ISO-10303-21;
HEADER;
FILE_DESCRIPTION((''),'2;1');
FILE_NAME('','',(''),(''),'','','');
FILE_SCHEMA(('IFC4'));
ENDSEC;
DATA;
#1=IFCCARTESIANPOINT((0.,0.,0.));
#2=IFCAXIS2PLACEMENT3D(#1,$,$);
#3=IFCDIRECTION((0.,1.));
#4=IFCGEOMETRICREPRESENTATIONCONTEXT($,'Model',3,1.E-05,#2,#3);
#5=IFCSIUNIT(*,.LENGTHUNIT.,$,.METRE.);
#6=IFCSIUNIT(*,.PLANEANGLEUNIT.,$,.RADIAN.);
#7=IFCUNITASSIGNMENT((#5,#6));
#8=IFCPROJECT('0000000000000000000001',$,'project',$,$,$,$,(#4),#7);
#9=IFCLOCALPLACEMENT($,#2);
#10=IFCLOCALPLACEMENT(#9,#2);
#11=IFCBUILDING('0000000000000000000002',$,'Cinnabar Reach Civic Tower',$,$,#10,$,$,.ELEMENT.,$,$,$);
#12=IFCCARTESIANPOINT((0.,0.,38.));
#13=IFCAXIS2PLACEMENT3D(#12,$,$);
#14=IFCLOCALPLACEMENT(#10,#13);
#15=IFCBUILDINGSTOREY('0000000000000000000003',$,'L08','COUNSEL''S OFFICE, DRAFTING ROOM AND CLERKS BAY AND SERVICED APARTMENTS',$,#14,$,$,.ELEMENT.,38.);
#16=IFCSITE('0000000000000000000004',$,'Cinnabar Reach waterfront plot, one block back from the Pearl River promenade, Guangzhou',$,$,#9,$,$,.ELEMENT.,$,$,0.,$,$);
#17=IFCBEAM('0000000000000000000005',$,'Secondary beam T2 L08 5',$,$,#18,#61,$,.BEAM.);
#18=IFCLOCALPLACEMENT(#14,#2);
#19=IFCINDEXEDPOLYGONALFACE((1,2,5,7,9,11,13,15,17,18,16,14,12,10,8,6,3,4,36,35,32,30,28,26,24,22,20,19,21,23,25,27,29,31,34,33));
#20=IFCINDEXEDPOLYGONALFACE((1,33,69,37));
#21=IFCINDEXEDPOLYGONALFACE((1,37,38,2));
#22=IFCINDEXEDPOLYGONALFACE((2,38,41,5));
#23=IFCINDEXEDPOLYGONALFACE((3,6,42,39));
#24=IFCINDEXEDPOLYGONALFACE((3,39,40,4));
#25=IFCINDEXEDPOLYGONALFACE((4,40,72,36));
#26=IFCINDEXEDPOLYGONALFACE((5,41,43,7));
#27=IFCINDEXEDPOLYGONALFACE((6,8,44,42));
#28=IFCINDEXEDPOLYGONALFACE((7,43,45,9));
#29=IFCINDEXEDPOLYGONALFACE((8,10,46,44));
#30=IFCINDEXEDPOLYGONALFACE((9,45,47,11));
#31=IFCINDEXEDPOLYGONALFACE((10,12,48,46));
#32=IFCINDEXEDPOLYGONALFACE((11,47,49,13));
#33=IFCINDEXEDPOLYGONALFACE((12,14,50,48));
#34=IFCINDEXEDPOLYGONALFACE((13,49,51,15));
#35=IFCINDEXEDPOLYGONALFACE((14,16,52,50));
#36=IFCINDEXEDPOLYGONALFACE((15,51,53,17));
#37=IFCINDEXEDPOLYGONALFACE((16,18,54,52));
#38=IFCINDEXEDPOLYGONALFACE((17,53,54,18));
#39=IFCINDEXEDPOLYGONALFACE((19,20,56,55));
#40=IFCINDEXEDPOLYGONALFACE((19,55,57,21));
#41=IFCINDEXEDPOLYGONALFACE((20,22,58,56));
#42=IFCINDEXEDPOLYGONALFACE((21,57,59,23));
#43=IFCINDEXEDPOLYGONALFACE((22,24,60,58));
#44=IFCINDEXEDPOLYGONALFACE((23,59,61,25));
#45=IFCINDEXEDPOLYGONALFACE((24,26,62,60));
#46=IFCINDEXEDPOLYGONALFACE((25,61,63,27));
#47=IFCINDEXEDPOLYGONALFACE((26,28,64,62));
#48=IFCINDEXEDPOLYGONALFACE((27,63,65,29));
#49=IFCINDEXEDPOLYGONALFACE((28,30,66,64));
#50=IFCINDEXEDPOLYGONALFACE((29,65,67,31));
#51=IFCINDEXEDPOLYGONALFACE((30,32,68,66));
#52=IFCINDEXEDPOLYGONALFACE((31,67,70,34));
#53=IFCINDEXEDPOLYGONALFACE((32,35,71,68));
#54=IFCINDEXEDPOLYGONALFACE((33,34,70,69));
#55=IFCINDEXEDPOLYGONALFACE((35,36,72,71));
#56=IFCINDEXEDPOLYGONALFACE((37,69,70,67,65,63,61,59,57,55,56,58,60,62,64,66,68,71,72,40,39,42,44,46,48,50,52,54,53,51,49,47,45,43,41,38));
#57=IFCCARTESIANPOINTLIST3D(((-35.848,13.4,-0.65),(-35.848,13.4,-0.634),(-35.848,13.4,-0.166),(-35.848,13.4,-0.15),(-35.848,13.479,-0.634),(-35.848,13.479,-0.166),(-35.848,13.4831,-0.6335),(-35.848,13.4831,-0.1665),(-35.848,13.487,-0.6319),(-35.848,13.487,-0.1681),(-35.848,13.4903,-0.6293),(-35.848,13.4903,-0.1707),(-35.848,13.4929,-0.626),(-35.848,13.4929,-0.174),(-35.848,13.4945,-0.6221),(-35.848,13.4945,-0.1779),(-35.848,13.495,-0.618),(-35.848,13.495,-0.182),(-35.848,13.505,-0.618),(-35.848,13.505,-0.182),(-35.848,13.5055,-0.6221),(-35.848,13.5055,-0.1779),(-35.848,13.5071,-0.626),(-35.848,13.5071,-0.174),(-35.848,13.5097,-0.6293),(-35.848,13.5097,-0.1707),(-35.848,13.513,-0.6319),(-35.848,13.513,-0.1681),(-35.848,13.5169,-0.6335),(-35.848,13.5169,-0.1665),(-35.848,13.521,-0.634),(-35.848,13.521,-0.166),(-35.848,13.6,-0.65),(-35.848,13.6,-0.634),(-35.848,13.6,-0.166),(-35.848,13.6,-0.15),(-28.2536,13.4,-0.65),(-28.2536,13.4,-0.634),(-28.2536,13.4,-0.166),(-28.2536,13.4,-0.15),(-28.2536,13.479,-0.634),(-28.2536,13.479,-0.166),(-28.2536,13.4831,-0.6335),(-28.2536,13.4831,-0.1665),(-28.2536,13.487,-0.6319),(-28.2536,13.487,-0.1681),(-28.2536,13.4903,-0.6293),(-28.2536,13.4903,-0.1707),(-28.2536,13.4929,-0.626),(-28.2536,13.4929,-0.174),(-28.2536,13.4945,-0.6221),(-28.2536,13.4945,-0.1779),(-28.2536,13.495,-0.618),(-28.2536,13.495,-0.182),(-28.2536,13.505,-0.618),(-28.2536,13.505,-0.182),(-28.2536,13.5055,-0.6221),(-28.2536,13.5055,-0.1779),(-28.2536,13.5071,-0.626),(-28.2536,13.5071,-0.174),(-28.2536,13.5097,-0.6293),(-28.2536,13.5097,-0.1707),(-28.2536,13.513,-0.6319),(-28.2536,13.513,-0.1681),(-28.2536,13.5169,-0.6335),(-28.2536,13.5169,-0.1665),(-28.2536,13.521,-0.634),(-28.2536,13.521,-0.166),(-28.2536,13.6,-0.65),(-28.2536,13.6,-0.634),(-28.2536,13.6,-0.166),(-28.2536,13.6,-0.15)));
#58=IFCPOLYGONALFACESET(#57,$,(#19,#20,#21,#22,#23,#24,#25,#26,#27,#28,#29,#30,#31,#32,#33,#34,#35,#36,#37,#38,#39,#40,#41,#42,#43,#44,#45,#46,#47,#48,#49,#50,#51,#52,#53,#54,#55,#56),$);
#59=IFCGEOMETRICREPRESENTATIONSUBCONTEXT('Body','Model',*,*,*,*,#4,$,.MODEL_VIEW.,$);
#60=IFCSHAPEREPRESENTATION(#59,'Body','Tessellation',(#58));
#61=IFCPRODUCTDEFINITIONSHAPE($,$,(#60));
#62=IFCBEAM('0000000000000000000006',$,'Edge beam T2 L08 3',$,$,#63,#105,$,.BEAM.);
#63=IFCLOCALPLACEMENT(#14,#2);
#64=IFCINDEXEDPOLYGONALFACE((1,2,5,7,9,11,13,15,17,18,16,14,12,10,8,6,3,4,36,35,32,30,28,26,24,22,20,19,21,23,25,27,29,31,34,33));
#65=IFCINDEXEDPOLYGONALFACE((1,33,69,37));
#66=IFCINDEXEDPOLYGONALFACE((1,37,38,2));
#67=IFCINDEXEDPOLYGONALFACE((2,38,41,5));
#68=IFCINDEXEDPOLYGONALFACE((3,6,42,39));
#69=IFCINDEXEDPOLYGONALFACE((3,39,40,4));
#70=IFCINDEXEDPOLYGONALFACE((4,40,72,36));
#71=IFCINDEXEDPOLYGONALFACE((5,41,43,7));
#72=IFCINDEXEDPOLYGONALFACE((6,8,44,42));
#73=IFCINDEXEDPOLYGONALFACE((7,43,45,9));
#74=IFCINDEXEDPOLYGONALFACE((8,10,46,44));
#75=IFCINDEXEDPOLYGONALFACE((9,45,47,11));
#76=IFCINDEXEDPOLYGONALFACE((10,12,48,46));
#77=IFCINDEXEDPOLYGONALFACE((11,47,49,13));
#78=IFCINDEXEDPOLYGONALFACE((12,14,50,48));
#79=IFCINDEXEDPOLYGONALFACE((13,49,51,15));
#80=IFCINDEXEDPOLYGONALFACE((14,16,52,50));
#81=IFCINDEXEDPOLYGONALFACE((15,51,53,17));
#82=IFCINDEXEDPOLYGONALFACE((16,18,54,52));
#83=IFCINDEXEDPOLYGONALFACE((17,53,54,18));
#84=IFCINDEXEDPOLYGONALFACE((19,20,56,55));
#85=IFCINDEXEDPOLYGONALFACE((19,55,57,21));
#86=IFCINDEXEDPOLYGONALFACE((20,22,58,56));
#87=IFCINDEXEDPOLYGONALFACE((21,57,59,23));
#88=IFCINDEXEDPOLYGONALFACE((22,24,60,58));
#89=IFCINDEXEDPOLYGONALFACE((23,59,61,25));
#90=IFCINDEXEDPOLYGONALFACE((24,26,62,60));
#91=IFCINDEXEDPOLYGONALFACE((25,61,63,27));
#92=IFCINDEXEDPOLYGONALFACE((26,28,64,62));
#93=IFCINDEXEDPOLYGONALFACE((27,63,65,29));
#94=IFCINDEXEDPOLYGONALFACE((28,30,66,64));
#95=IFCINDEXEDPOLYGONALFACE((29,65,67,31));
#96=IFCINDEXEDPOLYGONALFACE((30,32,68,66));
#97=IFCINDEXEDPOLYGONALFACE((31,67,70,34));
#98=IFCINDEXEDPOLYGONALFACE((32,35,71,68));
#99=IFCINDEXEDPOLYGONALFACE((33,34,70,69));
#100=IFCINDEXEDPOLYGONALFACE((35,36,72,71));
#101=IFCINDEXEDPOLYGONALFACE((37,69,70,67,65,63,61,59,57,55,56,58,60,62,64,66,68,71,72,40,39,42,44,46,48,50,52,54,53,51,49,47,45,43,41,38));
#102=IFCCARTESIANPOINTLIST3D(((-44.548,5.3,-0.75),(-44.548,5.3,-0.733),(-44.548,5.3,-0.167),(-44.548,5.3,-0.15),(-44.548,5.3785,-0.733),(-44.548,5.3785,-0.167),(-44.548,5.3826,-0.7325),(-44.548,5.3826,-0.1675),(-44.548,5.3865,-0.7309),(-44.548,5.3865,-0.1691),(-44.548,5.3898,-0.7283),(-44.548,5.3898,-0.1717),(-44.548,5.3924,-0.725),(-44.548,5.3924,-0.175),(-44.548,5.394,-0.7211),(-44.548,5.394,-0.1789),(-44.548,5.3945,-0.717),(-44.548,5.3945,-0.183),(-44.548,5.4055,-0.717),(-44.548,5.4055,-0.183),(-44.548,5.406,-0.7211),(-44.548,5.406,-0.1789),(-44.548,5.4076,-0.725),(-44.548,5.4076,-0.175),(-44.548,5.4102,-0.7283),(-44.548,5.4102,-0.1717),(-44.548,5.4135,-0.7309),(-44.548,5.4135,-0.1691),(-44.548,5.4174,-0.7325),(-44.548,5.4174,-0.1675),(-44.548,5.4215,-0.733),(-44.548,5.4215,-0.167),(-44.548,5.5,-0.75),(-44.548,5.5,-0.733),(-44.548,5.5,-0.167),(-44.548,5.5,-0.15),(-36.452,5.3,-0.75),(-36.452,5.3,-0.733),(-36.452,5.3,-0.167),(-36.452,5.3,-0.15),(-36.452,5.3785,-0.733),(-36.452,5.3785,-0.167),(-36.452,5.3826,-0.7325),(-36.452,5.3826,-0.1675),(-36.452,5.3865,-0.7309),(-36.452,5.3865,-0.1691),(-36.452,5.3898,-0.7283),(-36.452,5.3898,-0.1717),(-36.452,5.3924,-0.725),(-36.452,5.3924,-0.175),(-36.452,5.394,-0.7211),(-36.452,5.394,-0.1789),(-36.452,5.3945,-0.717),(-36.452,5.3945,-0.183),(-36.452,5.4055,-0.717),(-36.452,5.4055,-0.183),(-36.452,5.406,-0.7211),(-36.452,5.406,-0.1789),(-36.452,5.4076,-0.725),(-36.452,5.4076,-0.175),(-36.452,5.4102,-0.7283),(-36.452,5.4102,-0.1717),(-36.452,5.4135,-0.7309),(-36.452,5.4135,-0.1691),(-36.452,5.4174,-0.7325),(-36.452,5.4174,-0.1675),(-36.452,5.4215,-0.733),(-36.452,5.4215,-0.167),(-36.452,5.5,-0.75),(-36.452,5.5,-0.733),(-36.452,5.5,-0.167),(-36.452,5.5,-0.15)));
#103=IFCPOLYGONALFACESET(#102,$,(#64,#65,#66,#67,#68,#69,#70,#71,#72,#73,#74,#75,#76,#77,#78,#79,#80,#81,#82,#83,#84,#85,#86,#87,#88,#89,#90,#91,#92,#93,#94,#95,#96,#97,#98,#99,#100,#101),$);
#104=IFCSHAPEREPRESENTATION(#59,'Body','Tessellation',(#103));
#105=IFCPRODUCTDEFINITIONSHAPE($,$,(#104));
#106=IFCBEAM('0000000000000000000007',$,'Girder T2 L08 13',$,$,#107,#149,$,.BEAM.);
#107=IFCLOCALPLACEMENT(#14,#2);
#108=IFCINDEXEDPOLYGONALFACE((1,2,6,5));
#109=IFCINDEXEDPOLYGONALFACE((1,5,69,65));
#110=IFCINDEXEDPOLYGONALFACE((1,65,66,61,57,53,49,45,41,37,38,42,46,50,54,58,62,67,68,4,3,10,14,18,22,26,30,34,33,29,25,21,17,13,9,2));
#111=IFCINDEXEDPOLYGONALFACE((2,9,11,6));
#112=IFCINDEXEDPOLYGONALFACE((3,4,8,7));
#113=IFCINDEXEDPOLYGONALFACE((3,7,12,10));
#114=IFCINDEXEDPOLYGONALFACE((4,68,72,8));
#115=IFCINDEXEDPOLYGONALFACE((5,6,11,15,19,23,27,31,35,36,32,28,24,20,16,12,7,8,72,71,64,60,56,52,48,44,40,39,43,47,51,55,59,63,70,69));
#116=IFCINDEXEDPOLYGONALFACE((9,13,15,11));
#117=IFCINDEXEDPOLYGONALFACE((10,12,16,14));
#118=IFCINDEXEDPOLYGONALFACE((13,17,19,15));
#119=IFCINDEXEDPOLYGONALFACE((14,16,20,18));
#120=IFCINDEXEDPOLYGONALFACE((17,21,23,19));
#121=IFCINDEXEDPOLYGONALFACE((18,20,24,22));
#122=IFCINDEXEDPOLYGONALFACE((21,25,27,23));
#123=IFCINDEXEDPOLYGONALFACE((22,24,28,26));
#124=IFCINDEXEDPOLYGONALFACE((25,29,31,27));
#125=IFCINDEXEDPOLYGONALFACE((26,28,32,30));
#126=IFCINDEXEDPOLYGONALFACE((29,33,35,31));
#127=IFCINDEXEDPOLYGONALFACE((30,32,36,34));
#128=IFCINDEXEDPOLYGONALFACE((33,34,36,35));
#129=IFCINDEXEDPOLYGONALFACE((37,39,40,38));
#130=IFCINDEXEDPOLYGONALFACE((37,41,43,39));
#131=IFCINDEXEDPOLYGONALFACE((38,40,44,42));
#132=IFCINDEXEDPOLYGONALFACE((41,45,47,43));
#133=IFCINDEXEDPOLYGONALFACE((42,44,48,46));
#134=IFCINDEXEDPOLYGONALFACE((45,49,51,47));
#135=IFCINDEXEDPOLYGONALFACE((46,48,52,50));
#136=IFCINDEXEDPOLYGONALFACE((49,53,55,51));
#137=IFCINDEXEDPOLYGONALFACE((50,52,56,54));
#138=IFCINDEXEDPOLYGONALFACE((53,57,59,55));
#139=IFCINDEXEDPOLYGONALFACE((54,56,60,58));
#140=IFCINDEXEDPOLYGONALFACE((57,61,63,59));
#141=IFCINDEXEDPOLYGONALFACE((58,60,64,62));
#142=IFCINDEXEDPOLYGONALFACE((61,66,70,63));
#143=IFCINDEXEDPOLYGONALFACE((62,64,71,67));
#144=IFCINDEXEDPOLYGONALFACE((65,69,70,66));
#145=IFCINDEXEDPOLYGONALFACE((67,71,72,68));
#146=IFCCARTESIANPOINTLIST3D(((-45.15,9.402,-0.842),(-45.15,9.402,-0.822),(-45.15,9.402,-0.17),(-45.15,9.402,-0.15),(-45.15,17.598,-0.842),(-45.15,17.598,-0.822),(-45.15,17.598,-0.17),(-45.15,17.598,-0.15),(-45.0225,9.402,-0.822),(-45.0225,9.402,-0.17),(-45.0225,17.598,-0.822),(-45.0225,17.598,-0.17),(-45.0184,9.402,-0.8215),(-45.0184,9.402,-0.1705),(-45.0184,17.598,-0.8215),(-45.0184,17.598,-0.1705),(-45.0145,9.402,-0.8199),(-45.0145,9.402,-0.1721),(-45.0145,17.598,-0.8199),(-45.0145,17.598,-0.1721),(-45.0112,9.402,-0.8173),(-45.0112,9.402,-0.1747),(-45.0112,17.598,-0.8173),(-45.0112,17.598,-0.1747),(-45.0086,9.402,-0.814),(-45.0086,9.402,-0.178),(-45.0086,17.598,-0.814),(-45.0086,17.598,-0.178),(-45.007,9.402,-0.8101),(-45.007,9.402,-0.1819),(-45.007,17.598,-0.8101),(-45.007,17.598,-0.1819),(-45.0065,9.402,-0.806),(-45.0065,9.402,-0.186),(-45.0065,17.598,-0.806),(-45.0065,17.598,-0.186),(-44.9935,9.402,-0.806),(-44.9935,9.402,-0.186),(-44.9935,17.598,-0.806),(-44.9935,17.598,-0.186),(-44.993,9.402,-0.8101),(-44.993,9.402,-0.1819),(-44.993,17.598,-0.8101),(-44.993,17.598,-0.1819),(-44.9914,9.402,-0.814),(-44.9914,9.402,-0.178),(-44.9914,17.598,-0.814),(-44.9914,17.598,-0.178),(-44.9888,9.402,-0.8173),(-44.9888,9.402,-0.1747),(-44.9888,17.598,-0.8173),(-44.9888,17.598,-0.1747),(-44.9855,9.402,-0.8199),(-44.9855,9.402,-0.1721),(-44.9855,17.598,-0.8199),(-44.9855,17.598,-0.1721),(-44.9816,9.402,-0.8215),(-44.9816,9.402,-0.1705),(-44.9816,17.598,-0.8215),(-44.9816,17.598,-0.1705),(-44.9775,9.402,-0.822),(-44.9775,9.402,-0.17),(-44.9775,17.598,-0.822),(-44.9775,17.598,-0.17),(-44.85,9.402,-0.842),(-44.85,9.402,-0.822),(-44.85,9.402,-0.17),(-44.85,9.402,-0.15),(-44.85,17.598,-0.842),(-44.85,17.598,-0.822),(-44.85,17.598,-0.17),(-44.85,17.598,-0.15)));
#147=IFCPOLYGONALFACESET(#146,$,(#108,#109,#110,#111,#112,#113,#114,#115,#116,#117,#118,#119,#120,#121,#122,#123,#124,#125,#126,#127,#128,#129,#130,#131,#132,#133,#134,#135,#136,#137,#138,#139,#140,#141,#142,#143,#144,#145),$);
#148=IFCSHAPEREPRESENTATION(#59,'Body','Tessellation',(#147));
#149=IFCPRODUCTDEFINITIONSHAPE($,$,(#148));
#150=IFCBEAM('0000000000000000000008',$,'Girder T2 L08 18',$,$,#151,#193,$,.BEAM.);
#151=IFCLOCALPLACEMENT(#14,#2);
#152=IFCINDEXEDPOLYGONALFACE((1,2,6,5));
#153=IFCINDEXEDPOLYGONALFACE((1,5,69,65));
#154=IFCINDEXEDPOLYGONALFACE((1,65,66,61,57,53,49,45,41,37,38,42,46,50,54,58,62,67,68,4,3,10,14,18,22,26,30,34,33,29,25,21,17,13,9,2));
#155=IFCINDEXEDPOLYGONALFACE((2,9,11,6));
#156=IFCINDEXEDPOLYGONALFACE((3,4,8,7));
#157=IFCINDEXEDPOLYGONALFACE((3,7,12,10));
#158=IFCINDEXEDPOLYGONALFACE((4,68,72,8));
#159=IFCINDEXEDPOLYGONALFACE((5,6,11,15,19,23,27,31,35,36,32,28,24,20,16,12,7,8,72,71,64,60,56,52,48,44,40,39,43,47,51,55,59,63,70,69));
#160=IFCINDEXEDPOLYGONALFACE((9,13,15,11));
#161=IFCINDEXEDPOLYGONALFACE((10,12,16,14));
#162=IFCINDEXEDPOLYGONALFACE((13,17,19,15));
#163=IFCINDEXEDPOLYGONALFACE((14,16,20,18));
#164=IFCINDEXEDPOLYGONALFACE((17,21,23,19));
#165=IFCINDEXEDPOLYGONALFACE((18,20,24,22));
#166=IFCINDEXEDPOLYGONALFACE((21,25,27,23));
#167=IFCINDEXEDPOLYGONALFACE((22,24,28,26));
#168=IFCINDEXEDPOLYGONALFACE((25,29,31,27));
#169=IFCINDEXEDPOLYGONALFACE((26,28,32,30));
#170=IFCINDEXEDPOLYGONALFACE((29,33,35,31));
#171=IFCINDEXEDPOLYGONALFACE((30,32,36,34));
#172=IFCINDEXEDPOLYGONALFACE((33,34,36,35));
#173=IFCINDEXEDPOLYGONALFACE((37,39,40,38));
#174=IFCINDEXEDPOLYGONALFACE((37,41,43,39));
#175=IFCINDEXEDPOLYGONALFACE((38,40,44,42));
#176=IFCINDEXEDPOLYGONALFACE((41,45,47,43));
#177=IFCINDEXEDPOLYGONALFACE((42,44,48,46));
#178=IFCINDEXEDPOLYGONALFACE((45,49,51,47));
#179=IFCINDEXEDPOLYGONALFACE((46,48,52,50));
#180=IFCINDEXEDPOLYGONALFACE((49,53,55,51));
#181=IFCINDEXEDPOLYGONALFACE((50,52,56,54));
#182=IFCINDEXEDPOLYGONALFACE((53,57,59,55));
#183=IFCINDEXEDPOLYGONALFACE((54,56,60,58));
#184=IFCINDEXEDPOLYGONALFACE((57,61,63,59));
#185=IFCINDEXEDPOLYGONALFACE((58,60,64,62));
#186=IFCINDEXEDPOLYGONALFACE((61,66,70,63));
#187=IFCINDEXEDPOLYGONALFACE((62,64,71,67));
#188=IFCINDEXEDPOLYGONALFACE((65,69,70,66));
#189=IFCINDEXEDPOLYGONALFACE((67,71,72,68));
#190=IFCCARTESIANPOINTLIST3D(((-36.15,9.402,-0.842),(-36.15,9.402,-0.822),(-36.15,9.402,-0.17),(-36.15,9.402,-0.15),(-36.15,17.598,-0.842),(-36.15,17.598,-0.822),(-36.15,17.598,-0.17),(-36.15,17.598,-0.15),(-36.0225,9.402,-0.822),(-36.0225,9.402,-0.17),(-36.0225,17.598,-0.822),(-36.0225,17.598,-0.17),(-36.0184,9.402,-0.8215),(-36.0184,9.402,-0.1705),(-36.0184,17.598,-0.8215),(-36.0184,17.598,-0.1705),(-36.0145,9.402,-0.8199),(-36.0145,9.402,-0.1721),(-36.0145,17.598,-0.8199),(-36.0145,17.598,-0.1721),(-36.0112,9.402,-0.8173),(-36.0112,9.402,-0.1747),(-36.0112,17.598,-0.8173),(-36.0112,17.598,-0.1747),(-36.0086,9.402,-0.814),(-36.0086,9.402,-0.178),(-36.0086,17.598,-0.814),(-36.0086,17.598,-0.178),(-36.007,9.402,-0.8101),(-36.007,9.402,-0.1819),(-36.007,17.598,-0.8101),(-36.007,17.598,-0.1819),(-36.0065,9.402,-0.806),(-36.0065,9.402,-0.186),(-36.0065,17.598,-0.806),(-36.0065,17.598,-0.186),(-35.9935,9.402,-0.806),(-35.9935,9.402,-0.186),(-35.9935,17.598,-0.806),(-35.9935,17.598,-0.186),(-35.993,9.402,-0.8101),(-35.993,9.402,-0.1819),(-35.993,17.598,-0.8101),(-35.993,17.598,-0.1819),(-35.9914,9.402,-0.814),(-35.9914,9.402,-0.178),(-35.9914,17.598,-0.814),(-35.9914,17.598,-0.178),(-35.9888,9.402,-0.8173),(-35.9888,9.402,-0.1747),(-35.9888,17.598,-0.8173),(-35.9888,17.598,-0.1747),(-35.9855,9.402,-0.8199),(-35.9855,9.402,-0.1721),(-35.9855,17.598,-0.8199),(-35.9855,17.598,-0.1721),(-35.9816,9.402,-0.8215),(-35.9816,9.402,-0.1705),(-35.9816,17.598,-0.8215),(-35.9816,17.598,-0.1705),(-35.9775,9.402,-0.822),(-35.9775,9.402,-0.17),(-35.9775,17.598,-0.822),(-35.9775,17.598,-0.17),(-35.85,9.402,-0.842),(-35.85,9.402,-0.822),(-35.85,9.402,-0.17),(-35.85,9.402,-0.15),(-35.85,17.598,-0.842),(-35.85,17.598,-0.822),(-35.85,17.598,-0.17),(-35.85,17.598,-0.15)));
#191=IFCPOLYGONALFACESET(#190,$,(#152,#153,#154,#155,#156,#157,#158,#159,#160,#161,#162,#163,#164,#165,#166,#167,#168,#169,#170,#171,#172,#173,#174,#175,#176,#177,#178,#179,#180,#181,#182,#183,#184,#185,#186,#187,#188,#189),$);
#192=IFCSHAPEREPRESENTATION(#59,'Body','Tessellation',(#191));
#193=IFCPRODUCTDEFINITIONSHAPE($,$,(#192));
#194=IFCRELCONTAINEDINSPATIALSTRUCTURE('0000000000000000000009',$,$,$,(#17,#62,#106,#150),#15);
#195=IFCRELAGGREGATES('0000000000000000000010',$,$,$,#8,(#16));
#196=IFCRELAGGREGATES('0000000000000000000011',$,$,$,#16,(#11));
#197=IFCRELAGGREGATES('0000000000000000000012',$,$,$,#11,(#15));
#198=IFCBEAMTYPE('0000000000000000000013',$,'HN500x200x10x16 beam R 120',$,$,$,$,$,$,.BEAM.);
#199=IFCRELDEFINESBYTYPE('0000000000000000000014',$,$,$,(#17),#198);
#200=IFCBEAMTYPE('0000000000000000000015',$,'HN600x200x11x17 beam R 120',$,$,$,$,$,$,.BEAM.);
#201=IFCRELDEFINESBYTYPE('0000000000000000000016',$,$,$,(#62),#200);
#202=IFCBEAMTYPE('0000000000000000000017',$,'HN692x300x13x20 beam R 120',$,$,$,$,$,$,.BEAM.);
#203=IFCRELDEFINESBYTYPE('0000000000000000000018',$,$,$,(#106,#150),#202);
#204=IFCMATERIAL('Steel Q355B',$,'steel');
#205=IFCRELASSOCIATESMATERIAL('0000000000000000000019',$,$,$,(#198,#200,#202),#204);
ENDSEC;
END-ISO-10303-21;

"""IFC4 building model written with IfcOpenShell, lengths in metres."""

from ifc_helpers import new_model, si_unit, direction, frame, origin, origin_2d, place, context, subcontext, project, spatial, i_section, extrude, material, material_profile, profile_set, type_object, element, save


model = new_model("IFC4")

# Units and contexts
model_context = context("Model", 3, precision=1e-05, world=origin(), true_north=direction((0.0, 1.0)))
body_context = subcontext(model_context, "Body", "Model", "MODEL_VIEW")
ifc_project = project(units=[si_unit("LENGTHUNIT", "METRE"), si_unit("PLANEANGLEUNIT", "RADIAN")], contexts=[model_context])

# Site, building, storey
site_placement = place(None, origin())
site = spatial("IfcSite", under=ifc_project, at=site_placement, Name="Cinnabar Reach waterfront plot, one block back from the Pearl River promenade, Guangzhou", CompositionType="ELEMENT", RefElevation=0.0)
building_placement = place(site_placement, origin())
building = spatial("IfcBuilding", under=site, at=building_placement, Name="Cinnabar Reach Civic Tower", CompositionType="ELEMENT")
storey_placement = place(building_placement, frame((0.0, 0.0, 38.0)))
storey = spatial("IfcBuildingStorey", under=building, at=storey_placement, Name="L08", Description="COUNSEL'S OFFICE, DRAFTING ROOM AND CLERKS BAY AND SERVICED APARTMENTS", CompositionType="ELEMENT", Elevation=38.0)

# Beams
ifc_material_1 = material(Name="Steel Q355B", Category="steel")
ifc_material_profile_1 = material_profile(ifc_material_1, i_section(OverallWidth=0.2, OverallDepth=0.5, WebThickness=0.01, FlangeThickness=0.016, FilletRadius=0.016, at=origin_2d()), Name="HN500x200x10x16")
ifc_profile_set_1 = profile_set([ifc_material_profile_1], Name="Steel Q355B")
beam_type_1 = type_object("IfcBeamType", Name="HN500x200x10x16 beam R 120", PredefinedType="BEAM", material=ifc_profile_set_1)
beam_1_placement = place(storey_placement, frame((-35.848, 13.5, -0.4), z_axis=(1.0, 0.0, 0.0), x_axis=(0.0, 1.0, 0.0)))
element("IfcBeam", 1, at=beam_1_placement, inside=storey, type_object=beam_type_1, Name="Secondary beam T2 L08 5", PredefinedType="BEAM", context=body_context, shape_type="SweptSolid", body=[
    extrude(i_section(OverallWidth=0.2, OverallDepth=0.5, WebThickness=0.01, FlangeThickness=0.016, FilletRadius=0.016, at=origin_2d()), origin(), (0.0, 0.0, 1.0), 7.5944),
])
ifc_material_profile_2 = material_profile(ifc_material_1, i_section(OverallWidth=0.2, OverallDepth=0.6, WebThickness=0.011, FlangeThickness=0.017, FilletRadius=0.016, at=origin_2d()), Name="HN600x200x11x17")
ifc_profile_set_2 = profile_set([ifc_material_profile_2], Name="Steel Q355B")
beam_type_2 = type_object("IfcBeamType", Name="HN600x200x11x17 beam R 120", PredefinedType="BEAM", material=ifc_profile_set_2)
beam_2_placement = place(storey_placement, frame((-44.548, 5.4, -0.45), z_axis=(1.0, 0.0, 0.0), x_axis=(0.0, 1.0, 0.0)))
element("IfcBeam", 2, at=beam_2_placement, inside=storey, type_object=beam_type_2, Name="Edge beam T2 L08 3", PredefinedType="BEAM", context=body_context, shape_type="SweptSolid", body=[
    extrude(i_section(OverallWidth=0.2, OverallDepth=0.6, WebThickness=0.011, FlangeThickness=0.017, FilletRadius=0.016, at=origin_2d()), origin(), (0.0, 0.0, 1.0), 8.096),
])
ifc_material_profile_3 = material_profile(ifc_material_1, i_section(OverallWidth=0.3, OverallDepth=0.692, WebThickness=0.013, FlangeThickness=0.02, FilletRadius=0.016, at=origin_2d()), Name="HN692x300x13x20")
ifc_profile_set_3 = profile_set([ifc_material_profile_3], Name="Steel Q355B")
beam_type_3 = type_object("IfcBeamType", Name="HN692x300x13x20 beam R 120", PredefinedType="BEAM", material=ifc_profile_set_3)
for number, where, z_axis, x_axis, name in (
    (3, (-45.0, 9.402, -0.496), (0.0, 1.0, 0.0), (-1.0, 0.0, 0.0), "Girder T2 L08 13"),
    (4, (-36.0, 9.402, -0.496), (0.0, 1.0, 0.0), (-1.0, 0.0, 0.0), "Girder T2 L08 18"),
):
    element("IfcBeam", number, at=place(storey_placement, frame(where, z_axis=z_axis, x_axis=x_axis)), inside=storey, type_object=beam_type_3, Name=name, PredefinedType="BEAM", context=body_context, shape_type="SweptSolid", body=[
        extrude(i_section(OverallWidth=0.3, OverallDepth=0.692, WebThickness=0.013, FlangeThickness=0.02, FilletRadius=0.016, at=origin_2d()), origin(), (0.0, 0.0, 1.0), 8.196),
    ])

save(model, "model.ifc")
